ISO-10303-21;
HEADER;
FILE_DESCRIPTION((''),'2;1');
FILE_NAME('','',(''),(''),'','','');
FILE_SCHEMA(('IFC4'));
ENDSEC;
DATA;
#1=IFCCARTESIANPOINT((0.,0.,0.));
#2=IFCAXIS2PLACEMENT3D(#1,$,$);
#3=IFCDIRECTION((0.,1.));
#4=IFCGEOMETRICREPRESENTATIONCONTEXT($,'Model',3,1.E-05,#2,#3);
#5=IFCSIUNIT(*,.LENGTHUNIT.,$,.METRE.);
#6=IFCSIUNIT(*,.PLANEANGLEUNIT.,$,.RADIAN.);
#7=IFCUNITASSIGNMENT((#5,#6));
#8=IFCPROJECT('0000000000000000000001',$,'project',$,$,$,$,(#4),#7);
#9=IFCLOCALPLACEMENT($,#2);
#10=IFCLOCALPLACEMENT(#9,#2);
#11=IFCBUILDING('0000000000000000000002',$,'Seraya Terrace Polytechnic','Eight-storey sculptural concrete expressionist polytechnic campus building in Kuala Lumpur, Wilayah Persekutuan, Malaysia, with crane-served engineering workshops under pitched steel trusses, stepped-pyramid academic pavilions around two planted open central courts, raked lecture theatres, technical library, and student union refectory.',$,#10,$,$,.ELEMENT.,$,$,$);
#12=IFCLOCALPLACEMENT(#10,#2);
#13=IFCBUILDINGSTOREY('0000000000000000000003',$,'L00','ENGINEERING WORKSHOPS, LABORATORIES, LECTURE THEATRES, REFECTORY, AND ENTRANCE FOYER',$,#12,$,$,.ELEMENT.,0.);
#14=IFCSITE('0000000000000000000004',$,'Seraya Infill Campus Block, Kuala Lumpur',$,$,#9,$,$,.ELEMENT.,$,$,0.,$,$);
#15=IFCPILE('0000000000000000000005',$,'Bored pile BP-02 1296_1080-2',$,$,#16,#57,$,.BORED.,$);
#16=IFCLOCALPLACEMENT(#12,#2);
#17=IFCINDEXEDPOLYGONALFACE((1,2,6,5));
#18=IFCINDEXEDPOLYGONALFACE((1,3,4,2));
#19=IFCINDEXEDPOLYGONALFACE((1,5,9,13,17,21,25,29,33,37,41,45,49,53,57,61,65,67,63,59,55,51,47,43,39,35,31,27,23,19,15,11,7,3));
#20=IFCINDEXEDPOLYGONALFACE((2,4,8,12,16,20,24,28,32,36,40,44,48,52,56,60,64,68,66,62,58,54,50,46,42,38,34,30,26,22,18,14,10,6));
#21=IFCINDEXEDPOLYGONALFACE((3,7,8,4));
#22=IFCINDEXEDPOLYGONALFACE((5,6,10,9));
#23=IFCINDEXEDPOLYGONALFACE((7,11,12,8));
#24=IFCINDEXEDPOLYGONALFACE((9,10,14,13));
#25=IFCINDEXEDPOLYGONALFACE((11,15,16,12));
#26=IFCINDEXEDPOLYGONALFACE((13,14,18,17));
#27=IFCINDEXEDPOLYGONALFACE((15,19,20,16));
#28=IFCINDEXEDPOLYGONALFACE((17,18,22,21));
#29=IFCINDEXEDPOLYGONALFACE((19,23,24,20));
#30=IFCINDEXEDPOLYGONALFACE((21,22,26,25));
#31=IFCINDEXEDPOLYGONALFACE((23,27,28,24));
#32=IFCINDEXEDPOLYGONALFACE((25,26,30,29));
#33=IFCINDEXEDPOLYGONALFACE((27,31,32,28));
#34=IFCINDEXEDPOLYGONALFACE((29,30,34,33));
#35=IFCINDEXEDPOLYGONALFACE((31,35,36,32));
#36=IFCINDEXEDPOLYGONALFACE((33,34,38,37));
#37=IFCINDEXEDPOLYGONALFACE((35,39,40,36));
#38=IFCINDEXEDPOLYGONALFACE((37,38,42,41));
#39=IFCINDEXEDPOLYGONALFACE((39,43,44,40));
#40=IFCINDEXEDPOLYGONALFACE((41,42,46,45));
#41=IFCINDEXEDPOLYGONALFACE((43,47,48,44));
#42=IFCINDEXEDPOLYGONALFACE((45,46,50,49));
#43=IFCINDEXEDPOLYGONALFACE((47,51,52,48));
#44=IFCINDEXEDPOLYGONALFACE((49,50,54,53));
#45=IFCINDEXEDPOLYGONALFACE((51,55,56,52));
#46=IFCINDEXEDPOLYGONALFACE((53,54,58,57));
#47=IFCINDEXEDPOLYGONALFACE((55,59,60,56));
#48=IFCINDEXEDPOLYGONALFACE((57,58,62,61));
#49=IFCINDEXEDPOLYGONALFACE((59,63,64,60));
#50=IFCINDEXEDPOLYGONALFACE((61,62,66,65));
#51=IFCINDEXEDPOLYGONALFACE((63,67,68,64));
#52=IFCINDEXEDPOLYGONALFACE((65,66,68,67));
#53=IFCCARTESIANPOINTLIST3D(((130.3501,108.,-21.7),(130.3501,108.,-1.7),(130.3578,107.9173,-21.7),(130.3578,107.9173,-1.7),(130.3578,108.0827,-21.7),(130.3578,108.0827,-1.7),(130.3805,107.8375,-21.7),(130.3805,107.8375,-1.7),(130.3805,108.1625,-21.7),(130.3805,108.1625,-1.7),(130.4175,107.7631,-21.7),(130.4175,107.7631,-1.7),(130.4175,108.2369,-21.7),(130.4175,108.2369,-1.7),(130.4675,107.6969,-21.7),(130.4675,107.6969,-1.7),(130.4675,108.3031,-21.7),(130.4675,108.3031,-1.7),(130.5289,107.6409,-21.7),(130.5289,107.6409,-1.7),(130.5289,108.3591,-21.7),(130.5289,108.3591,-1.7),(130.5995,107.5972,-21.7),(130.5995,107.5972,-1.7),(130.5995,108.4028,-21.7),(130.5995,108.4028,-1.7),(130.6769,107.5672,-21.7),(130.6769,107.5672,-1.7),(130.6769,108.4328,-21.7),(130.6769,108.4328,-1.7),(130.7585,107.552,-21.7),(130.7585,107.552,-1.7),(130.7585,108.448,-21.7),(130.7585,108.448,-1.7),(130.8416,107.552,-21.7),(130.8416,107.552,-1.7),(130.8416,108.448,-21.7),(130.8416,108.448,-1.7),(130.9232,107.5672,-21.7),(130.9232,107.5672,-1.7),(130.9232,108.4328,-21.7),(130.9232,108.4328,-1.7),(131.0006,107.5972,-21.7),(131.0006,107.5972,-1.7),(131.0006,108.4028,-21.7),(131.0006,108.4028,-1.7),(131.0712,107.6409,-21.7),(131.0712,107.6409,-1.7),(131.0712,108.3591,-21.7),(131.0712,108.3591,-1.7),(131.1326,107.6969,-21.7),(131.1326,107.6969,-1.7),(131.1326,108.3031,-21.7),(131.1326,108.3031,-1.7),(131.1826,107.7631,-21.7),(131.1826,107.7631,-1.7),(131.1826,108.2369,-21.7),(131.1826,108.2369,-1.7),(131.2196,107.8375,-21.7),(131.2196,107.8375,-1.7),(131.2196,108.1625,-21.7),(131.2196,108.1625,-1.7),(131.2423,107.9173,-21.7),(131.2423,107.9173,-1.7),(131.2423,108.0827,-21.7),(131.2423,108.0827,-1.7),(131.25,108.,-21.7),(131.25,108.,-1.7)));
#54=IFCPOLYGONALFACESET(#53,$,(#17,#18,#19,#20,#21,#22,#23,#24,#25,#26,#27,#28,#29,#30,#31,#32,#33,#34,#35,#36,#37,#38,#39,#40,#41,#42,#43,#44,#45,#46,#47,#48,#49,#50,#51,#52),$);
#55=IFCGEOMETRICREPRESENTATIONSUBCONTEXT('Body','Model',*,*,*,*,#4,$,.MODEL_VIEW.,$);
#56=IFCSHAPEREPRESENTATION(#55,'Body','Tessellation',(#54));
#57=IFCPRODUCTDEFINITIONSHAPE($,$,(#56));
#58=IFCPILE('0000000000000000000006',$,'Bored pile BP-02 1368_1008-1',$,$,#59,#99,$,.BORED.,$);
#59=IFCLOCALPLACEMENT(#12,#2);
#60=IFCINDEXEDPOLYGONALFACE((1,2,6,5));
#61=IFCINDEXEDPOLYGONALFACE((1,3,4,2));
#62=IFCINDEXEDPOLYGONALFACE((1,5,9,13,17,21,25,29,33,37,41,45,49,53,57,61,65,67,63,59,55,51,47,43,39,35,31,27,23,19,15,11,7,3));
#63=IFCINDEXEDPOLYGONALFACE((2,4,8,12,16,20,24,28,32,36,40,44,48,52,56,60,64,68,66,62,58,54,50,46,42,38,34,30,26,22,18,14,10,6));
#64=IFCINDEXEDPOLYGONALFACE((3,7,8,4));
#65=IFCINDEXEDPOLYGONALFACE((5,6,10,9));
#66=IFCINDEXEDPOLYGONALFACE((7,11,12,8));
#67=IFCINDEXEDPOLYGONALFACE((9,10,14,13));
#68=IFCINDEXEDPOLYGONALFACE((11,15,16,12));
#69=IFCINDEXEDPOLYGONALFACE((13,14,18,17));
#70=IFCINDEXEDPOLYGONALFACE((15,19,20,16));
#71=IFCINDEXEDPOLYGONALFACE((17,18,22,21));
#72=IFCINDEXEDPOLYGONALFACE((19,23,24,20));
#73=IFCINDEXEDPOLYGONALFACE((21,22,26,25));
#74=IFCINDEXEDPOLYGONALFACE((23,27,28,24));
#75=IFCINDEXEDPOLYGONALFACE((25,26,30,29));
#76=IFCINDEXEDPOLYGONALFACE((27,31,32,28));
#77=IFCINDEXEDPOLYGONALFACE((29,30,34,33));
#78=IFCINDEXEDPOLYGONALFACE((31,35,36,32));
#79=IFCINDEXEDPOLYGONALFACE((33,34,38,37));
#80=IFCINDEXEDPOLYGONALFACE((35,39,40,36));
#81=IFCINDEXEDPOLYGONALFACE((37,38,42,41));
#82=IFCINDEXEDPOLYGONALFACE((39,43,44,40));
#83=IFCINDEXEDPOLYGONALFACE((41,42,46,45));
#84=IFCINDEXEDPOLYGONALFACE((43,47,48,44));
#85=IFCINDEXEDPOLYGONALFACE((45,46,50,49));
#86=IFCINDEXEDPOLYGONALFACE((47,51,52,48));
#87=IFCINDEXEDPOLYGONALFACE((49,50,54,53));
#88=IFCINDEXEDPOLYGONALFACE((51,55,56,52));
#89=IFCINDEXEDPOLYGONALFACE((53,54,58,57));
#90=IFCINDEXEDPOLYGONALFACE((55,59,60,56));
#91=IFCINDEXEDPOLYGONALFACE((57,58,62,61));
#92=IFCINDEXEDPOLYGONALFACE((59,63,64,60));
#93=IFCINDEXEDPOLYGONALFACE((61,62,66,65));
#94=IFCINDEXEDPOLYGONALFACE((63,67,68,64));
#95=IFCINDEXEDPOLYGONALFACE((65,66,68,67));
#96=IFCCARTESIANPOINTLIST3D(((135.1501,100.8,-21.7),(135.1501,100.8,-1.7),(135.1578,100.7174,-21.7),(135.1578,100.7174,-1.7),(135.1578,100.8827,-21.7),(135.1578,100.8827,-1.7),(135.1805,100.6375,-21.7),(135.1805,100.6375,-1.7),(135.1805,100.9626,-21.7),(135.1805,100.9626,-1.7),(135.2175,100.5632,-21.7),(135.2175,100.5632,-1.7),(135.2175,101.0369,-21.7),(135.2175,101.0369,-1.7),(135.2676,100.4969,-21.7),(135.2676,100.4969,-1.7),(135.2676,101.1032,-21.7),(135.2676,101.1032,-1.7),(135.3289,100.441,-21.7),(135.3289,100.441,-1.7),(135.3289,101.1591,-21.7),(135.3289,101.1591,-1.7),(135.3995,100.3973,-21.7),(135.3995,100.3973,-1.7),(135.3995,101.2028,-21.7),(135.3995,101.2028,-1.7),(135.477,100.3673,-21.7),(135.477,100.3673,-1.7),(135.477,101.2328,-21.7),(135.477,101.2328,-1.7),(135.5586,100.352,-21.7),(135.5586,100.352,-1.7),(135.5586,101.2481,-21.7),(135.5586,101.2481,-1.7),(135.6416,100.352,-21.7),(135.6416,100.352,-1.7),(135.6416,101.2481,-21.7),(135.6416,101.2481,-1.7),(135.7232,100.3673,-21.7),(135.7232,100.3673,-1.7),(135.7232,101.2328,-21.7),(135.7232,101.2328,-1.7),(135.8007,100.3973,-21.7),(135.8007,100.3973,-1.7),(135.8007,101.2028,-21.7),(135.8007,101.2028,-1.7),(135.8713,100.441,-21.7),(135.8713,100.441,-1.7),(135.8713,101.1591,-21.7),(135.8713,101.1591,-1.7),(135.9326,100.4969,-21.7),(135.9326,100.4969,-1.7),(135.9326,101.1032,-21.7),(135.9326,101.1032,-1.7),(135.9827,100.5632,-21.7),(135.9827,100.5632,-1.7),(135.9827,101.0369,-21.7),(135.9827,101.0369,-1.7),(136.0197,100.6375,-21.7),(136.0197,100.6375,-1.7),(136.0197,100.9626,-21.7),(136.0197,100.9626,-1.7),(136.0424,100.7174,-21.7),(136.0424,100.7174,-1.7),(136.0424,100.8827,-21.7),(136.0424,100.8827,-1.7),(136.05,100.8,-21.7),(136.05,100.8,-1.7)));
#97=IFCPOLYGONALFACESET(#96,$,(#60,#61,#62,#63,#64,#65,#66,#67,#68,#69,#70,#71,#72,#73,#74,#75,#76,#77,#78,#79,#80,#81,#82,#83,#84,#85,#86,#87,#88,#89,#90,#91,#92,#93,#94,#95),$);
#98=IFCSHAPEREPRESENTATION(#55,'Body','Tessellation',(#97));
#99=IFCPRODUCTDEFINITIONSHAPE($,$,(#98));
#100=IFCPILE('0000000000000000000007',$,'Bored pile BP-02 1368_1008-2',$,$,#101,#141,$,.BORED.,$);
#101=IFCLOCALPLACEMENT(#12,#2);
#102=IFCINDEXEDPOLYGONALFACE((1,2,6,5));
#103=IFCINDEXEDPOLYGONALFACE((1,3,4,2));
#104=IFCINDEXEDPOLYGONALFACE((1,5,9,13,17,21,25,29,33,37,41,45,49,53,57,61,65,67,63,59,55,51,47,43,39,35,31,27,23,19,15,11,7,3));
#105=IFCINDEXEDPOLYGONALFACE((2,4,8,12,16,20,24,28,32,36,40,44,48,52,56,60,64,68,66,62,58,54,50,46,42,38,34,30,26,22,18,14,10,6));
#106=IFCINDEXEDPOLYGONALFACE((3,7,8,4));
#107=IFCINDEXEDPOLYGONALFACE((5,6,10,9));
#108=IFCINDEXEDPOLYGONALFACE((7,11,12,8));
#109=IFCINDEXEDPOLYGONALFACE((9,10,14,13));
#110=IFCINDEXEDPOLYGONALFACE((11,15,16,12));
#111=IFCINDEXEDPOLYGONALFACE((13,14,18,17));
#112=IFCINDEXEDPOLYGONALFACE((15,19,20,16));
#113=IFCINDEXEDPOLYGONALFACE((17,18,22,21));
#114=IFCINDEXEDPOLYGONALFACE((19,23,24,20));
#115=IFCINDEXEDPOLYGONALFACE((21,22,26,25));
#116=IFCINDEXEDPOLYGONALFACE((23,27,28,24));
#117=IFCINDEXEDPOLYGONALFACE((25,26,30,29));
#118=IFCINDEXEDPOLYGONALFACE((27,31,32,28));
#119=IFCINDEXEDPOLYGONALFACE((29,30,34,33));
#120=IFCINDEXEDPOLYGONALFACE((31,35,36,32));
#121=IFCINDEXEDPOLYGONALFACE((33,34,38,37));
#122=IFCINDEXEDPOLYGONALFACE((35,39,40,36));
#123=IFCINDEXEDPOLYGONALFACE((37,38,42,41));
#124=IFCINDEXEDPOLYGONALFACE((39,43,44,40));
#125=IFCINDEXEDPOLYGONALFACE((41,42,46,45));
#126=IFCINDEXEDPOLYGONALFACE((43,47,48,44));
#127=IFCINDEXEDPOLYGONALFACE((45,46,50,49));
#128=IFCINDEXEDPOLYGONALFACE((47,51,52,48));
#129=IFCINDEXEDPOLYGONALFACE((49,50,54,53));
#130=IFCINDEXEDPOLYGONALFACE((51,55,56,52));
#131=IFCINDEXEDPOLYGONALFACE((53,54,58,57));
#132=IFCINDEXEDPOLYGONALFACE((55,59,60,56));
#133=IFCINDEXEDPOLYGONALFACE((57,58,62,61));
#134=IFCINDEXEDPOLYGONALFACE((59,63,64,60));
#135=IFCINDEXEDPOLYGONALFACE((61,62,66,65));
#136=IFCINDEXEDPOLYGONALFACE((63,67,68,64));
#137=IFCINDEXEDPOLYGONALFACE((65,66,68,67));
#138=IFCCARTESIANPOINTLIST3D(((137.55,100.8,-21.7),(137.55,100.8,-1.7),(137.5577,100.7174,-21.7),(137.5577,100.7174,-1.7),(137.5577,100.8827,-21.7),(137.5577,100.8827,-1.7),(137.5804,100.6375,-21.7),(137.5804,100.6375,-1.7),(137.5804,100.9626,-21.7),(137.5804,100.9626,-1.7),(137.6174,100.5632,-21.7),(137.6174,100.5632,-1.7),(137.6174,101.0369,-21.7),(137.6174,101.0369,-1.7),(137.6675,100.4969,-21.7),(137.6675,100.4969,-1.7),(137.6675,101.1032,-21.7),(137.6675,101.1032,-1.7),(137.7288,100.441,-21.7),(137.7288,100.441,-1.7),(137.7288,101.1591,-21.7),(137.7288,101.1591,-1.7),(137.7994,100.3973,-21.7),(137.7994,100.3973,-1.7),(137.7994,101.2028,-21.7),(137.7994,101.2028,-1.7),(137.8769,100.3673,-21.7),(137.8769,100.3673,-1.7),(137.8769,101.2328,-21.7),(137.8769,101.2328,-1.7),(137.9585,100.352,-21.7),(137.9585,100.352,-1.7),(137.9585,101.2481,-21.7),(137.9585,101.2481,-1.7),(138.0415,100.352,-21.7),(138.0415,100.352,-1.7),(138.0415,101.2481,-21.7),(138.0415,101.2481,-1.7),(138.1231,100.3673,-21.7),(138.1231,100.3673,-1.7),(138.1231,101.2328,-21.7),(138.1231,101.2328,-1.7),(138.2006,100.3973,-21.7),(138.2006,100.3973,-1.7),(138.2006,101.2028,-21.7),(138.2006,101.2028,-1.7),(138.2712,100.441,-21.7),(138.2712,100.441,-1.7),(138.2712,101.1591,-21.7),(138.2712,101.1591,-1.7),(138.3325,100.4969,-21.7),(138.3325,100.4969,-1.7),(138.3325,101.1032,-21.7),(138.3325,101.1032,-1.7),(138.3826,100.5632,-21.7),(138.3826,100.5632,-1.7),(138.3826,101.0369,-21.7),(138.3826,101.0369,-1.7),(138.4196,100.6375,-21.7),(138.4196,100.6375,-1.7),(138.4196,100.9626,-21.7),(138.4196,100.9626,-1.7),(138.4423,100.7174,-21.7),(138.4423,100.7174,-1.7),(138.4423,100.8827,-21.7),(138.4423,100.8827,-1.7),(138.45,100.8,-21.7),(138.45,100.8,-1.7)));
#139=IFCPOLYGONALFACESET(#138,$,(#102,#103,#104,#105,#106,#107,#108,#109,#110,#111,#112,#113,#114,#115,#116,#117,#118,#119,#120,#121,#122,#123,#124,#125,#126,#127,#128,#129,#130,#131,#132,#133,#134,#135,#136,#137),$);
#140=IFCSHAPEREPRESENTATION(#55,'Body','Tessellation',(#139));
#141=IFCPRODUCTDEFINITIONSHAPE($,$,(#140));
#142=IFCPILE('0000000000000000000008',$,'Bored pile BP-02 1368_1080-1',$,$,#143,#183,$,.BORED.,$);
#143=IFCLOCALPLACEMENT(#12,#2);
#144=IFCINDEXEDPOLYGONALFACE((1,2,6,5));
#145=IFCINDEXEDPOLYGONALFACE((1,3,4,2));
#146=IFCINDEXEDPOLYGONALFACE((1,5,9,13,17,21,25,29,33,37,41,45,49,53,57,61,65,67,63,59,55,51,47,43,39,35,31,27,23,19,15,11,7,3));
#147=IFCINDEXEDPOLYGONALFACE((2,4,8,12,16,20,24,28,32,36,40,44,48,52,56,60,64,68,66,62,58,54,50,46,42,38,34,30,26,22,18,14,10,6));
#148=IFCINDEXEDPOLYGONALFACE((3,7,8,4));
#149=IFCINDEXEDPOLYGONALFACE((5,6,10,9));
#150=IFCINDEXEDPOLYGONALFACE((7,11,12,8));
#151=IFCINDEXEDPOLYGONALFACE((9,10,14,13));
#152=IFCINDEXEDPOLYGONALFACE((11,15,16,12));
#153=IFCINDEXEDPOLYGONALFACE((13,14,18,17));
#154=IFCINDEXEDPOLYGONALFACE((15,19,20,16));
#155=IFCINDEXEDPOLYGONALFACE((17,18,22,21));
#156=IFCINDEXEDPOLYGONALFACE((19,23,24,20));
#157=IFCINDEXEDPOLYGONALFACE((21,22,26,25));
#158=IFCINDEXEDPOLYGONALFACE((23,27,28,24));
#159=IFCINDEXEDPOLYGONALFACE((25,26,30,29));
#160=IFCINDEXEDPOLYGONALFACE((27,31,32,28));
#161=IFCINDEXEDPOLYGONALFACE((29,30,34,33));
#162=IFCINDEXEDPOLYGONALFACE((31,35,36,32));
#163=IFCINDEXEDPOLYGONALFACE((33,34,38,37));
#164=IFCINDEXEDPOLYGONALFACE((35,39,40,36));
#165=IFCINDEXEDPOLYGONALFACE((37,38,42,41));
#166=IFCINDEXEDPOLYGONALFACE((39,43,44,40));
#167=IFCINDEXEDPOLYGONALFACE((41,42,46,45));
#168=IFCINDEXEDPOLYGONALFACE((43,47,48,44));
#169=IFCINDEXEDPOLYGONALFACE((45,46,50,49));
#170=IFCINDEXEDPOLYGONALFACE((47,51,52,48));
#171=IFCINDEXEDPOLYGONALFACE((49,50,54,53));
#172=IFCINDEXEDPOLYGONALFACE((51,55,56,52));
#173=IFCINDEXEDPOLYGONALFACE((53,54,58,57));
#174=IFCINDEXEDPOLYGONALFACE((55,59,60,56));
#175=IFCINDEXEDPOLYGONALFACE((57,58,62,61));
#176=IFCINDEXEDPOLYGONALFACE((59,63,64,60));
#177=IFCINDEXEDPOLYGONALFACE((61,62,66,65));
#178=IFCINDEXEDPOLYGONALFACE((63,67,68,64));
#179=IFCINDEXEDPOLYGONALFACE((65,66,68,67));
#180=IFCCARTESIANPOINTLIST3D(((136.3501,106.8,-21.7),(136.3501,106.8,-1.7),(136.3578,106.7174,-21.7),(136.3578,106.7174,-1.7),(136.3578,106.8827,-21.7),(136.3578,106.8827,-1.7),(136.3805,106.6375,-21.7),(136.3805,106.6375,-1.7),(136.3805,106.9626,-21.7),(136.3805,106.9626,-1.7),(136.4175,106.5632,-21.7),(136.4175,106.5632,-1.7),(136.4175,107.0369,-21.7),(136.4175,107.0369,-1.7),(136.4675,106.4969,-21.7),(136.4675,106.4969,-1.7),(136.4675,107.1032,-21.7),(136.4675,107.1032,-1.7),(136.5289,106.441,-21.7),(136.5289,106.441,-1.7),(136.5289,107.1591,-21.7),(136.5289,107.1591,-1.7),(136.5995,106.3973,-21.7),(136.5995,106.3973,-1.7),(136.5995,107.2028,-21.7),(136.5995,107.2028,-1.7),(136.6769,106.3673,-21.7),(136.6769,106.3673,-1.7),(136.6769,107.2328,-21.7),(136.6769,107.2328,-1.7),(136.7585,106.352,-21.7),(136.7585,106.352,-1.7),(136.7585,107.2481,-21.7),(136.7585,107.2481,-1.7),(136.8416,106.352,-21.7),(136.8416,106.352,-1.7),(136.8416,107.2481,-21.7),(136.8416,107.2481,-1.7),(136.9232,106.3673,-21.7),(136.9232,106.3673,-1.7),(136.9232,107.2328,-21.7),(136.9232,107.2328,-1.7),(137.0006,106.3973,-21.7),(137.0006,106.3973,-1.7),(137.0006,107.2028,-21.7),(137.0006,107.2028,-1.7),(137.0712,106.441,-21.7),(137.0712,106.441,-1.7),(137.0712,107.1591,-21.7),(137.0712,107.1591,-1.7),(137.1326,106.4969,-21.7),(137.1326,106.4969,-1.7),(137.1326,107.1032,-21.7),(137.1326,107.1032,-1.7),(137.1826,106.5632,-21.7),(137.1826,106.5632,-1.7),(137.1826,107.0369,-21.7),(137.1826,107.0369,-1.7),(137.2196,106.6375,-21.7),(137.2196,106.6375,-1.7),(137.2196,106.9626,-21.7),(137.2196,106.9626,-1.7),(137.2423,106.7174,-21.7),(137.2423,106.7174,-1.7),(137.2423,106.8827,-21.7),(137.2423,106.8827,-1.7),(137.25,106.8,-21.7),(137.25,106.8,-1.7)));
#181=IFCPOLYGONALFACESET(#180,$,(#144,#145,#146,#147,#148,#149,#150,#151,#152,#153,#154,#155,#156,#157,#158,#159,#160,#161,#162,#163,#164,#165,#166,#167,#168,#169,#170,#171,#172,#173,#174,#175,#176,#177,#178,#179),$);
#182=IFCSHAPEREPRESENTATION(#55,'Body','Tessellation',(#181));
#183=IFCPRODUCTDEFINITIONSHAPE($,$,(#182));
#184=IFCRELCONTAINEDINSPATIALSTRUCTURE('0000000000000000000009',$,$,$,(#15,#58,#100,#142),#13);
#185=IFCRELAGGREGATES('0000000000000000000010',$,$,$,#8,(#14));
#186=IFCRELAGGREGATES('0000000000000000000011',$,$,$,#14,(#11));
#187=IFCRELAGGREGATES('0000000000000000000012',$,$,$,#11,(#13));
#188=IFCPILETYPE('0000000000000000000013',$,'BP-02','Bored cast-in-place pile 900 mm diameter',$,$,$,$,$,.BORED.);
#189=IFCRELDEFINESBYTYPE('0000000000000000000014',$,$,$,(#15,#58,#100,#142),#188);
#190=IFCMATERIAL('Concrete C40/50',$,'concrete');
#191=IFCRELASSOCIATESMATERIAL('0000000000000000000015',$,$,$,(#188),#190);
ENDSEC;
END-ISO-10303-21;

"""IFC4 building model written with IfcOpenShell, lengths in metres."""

from ifc_helpers import new_model, si_unit, direction, frame, origin, origin_2d, place, context, subcontext, project, spatial, circle, extrude, material, material_profile, profile_set, type_object, element, save


model = new_model("IFC4")

# Units and contexts
model_context = context("Model", 3, precision=1e-05, world=origin(), true_north=direction((0.0, 1.0)))
body_context = subcontext(model_context, "Body", "Model", "MODEL_VIEW")
ifc_project = project(units=[si_unit("LENGTHUNIT", "METRE"), si_unit("PLANEANGLEUNIT", "RADIAN")], contexts=[model_context])

# Site, building, storey
site_placement = place(None, origin())
site = spatial("IfcSite", under=ifc_project, at=site_placement, Name="Seraya Infill Campus Block, Kuala Lumpur", CompositionType="ELEMENT", RefElevation=0.0)
building_placement = place(site_placement, origin())
building = spatial("IfcBuilding", under=site, at=building_placement, Name="Seraya Terrace Polytechnic", Description="Eight-storey sculptural concrete expressionist polytechnic campus building in Kuala Lumpur, Wilayah Persekutuan, Malaysia, with crane-served engineering workshops under pitched steel trusses, stepped-pyramid academic pavilions around two planted open central courts, raked lecture theatres, technical library, and student union refectory.", CompositionType="ELEMENT")
storey_placement = place(building_placement, origin())
storey = spatial("IfcBuildingStorey", under=building, at=storey_placement, Name="L00", Description="ENGINEERING WORKSHOPS, LABORATORIES, LECTURE THEATRES, REFECTORY, AND ENTRANCE FOYER", CompositionType="ELEMENT", Elevation=0.0)

# Piles
ifc_material_1 = material(Name="Concrete C40/50", Category="concrete")
ifc_material_profile_1 = material_profile(ifc_material_1, circle(Radius=0.45, at=origin_2d()), Name="DIA 900")
ifc_profile_set_1 = profile_set([ifc_material_profile_1], Name="Concrete C40/50")
pile_type = type_object("IfcPileType", Name="BP-02", Description="Bored cast-in-place pile 900 mm diameter", PredefinedType="BORED", material=ifc_profile_set_1)
for number, where, z_axis, x_axis, name in (
    (1, (130.8, 108.0, -1.7), (0.0, 0.0, -1.0), (1.0, 0.0, 0.0), "Bored pile BP-02 1296_1080-2"),
    (2, (135.6001, 100.8, -1.7), (0.0, 0.0, -1.0), (1.0, 0.0, 0.0), "Bored pile BP-02 1368_1008-1"),
    (3, (138.0, 100.8, -1.7), (0.0, 0.0, -1.0), (1.0, 0.0, 0.0), "Bored pile BP-02 1368_1008-2"),
    (4, (136.8, 106.8, -1.7), (0.0, 0.0, -1.0), (1.0, 0.0, 0.0), "Bored pile BP-02 1368_1080-1"),
):
    element("IfcPile", number, at=place(storey_placement, frame(where, z_axis=z_axis, x_axis=x_axis)), inside=storey, type_object=pile_type, Name=name, PredefinedType="BORED", context=body_context, shape_type="SweptSolid", body=[
        extrude(circle(Radius=0.45, at=origin_2d()), origin(), (0.0, 0.0, 1.0), 20.0),
    ])

save(model, "model.ifc")
